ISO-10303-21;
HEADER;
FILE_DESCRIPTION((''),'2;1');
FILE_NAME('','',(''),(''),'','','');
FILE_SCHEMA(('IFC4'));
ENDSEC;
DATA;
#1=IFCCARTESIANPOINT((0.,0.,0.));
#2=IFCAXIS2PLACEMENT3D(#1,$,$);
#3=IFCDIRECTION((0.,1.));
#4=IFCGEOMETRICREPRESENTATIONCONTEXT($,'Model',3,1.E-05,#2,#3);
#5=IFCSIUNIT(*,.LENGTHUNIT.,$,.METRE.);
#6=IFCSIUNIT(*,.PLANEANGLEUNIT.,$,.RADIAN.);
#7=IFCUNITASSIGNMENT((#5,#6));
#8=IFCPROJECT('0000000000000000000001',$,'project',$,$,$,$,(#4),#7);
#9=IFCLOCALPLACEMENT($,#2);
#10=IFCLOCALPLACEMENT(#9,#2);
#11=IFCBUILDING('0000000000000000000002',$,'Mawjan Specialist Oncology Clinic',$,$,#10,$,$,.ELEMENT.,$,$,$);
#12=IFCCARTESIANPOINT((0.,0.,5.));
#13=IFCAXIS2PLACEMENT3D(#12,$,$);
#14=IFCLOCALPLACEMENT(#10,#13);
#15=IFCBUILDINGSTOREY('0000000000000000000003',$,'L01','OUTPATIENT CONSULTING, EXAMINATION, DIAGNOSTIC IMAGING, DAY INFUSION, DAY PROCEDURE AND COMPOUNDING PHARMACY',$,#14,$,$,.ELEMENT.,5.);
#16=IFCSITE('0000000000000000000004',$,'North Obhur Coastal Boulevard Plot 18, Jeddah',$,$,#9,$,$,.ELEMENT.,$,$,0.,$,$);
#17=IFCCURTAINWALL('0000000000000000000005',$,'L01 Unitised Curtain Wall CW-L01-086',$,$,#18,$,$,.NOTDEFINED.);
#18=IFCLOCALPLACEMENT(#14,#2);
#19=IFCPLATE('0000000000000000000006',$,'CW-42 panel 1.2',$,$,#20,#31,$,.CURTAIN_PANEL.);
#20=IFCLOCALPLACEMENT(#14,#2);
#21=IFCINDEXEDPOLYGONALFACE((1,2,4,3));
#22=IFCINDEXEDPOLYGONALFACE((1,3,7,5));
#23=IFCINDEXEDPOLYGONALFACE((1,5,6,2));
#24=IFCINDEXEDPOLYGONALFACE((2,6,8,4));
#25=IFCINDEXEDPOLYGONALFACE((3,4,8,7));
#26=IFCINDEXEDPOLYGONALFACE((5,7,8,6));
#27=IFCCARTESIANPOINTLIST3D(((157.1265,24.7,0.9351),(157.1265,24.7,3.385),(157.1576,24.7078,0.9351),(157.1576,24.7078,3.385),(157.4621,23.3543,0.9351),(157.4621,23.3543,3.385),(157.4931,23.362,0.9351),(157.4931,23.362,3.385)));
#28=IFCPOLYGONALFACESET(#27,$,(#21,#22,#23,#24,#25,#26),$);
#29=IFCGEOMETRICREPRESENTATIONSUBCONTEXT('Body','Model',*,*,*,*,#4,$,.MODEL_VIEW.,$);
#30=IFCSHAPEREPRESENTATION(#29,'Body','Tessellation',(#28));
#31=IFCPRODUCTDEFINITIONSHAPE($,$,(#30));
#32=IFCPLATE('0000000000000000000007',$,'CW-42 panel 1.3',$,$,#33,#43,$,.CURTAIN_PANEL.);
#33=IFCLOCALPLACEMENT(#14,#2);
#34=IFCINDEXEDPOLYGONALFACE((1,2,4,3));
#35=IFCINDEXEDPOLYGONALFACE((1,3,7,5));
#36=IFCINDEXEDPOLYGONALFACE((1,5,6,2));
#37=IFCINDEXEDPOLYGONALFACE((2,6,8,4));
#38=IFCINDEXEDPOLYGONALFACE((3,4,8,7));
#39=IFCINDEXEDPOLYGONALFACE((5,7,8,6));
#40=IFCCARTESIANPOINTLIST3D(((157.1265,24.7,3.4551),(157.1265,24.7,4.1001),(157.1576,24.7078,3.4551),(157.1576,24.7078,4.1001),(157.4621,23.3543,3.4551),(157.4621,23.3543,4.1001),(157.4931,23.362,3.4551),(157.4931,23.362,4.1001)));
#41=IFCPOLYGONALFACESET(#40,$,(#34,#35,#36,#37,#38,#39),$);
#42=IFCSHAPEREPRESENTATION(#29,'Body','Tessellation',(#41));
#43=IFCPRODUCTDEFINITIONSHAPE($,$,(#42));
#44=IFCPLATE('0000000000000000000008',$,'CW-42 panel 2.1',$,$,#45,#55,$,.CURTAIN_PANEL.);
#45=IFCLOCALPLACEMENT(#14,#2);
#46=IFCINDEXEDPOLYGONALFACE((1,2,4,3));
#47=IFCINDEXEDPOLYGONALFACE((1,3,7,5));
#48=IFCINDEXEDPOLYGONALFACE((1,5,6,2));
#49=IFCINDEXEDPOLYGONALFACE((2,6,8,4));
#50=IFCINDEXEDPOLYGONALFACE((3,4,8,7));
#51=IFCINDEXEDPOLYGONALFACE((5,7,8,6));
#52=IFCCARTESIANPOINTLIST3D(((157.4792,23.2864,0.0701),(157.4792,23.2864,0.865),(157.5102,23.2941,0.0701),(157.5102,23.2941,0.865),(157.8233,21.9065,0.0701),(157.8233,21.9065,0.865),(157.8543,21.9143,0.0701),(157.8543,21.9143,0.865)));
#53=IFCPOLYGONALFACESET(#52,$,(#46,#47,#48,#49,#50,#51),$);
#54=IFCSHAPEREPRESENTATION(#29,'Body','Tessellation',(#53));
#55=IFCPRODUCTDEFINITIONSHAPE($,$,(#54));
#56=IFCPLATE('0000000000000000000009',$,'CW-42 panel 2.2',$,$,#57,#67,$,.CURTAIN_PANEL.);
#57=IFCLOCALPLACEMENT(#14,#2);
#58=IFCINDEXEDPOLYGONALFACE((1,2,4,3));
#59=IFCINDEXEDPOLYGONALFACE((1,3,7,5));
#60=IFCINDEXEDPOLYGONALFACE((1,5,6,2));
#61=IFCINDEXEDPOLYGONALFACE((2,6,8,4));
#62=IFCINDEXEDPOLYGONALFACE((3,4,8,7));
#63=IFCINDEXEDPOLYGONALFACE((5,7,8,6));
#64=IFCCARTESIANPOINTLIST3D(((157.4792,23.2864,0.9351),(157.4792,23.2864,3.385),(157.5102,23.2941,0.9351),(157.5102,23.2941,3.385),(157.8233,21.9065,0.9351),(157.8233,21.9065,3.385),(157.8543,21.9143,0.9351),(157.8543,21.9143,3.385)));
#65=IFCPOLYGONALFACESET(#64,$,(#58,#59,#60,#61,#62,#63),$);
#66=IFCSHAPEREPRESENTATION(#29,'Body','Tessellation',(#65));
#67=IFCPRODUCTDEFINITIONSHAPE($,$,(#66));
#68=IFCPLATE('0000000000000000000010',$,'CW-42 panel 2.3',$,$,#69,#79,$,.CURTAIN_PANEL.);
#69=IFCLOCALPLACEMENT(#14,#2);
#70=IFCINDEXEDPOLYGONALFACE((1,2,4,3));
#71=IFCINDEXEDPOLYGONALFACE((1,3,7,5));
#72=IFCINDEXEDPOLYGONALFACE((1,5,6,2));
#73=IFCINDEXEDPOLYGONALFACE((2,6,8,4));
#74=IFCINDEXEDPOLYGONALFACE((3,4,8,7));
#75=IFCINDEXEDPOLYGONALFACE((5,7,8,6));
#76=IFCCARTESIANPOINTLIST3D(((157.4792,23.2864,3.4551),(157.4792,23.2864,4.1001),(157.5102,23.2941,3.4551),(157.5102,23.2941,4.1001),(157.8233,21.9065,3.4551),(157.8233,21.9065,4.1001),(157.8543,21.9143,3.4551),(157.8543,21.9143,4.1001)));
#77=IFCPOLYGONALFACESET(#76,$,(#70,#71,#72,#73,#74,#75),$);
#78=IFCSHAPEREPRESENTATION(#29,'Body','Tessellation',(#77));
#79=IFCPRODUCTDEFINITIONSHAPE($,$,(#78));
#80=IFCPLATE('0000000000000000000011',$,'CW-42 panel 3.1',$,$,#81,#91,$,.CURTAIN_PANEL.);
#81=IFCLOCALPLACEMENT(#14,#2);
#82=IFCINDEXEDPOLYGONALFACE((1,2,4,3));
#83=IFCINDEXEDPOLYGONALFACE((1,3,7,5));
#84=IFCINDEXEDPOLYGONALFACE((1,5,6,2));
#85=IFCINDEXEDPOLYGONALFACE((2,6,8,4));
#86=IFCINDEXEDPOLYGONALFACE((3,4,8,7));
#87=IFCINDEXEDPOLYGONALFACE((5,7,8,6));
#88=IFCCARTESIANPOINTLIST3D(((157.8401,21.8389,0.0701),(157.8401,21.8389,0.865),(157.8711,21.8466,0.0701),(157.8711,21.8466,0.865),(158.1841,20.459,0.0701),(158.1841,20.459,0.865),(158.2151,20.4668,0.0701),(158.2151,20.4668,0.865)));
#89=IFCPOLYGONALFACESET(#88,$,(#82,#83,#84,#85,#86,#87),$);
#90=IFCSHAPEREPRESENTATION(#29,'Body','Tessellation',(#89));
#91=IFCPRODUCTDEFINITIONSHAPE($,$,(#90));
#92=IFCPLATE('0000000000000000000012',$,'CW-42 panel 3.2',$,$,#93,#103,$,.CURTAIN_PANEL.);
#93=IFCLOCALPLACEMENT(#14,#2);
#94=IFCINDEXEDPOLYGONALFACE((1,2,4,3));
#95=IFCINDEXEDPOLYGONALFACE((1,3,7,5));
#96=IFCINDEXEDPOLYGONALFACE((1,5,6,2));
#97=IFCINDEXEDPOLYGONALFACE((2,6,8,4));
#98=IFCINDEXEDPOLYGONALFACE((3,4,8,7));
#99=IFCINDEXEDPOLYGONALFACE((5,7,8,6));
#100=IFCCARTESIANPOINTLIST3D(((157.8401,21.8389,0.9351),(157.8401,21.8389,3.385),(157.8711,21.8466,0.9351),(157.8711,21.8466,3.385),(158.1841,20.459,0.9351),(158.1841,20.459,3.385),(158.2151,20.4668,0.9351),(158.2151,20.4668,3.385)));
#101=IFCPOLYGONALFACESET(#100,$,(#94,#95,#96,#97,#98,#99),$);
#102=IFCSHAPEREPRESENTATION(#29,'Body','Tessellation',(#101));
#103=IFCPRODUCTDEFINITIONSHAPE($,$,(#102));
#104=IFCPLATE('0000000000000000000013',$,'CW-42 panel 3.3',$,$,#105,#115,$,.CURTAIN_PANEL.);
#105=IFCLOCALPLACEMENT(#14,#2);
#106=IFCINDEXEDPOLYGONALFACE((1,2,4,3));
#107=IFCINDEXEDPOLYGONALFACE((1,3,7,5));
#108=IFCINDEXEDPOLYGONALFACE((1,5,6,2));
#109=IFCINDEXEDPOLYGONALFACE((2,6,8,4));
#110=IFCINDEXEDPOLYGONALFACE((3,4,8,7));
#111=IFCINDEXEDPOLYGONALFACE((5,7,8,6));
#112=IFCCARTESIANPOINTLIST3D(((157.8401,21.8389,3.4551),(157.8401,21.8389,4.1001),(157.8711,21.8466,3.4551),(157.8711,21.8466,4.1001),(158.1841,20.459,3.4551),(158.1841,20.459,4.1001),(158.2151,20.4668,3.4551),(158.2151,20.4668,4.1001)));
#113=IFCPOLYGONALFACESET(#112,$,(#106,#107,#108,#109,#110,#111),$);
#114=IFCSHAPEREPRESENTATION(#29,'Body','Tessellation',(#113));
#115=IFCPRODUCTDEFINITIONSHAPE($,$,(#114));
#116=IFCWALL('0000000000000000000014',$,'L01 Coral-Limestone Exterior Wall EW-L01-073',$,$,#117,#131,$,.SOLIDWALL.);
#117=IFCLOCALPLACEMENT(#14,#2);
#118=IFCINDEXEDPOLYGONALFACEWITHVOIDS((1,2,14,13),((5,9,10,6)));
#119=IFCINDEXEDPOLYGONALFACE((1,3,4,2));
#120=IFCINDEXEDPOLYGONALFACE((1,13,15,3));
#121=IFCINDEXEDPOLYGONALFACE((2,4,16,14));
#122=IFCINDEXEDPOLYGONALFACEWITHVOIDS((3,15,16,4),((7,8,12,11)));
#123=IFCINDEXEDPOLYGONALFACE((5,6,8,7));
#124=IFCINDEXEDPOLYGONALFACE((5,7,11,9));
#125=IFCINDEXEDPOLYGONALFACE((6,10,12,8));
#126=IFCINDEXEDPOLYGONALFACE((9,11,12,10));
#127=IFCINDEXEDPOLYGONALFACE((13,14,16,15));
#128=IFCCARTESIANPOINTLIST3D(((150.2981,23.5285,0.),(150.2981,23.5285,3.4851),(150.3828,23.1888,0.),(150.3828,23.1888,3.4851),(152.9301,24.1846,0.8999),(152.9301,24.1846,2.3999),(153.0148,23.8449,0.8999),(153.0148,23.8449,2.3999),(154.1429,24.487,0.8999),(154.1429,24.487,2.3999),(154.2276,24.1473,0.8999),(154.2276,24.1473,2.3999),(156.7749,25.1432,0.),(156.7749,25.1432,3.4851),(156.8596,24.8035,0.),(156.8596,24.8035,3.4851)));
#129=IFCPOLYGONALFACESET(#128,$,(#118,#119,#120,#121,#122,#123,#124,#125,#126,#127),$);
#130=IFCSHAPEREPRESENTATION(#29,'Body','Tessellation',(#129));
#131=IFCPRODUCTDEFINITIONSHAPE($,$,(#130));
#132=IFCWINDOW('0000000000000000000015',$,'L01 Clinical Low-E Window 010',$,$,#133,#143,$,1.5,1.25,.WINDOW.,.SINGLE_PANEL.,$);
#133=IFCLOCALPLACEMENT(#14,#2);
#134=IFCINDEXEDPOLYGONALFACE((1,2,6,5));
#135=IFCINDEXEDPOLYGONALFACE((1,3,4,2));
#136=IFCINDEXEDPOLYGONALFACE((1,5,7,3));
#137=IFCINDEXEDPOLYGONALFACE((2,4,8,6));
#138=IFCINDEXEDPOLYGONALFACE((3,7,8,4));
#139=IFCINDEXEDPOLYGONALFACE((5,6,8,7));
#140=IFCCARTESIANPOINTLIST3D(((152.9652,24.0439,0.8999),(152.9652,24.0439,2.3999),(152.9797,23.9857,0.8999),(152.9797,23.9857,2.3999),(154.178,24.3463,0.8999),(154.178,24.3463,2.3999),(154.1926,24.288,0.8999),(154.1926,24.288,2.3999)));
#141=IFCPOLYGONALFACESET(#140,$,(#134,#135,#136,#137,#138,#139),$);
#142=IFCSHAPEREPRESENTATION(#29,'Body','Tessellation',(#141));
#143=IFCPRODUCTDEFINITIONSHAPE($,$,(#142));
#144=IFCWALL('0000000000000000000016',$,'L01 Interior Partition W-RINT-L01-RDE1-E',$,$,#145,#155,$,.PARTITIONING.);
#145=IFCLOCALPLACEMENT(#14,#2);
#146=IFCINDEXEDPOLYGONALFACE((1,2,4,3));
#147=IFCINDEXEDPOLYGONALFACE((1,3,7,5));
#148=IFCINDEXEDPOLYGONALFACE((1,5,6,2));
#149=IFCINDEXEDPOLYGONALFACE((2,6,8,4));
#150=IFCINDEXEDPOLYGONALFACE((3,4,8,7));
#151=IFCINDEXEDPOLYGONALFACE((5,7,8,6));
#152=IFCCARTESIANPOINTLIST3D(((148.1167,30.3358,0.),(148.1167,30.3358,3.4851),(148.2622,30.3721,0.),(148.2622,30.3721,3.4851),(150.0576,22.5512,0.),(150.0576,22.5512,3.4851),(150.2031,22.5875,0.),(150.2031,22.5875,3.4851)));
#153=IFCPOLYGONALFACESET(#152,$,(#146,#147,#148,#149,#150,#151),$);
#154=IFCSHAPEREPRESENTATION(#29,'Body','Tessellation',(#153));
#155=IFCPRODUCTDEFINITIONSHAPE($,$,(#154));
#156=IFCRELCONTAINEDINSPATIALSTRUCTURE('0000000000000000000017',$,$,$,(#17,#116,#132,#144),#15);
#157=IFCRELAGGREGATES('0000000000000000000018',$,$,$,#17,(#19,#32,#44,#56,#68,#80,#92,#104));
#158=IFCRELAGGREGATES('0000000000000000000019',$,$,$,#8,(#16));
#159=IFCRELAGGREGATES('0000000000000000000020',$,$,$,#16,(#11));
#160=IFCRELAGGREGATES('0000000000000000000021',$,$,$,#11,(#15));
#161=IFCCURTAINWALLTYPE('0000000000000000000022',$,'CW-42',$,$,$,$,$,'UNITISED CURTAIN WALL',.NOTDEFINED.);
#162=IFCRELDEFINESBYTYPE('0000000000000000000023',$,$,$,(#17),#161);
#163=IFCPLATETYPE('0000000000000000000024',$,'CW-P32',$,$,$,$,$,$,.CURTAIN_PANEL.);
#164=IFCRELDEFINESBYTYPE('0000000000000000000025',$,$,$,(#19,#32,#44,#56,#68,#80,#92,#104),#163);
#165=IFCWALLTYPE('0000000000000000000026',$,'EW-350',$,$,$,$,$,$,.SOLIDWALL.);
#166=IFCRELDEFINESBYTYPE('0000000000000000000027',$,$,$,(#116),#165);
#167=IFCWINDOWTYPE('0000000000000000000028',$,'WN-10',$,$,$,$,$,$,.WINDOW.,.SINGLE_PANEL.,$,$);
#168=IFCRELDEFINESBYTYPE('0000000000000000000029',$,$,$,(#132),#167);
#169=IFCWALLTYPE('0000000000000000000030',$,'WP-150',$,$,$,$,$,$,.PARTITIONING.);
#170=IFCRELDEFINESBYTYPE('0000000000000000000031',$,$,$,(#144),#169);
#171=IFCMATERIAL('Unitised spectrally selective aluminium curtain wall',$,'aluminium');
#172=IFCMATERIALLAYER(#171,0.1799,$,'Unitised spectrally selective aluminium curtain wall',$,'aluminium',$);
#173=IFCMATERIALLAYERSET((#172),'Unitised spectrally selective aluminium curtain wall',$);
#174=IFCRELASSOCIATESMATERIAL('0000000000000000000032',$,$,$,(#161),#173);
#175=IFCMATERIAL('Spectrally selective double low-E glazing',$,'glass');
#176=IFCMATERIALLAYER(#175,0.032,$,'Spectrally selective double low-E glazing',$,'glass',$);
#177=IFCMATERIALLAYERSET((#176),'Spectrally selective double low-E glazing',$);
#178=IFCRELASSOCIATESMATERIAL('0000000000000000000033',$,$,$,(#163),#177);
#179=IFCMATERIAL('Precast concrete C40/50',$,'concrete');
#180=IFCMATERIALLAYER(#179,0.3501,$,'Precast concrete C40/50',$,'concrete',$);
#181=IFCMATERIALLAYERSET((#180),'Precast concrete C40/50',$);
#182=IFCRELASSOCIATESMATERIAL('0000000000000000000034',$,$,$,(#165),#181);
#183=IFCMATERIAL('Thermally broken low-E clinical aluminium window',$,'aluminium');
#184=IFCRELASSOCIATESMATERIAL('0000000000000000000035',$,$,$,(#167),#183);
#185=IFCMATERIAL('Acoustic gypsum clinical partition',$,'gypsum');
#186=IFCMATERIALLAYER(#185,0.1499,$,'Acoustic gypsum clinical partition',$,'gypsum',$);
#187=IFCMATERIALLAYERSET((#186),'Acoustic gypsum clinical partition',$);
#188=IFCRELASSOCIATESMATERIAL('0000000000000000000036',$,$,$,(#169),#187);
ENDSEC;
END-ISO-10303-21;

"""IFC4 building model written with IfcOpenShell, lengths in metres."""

from ifc_helpers import new_model, si_unit, direction, frame, frame_2d, origin, origin_2d, place, context, subcontext, project, spatial, rectangle, extrude, material, layer, layer_set, type_object, element, fill, aggregate, save


model = new_model("IFC4")

# Units and contexts
model_context = context("Model", 3, precision=1e-05, world=origin(), true_north=direction((0.0, 1.0)))
body_context = subcontext(model_context, "Body", "Model", "MODEL_VIEW")
ifc_project = project(units=[si_unit("LENGTHUNIT", "METRE"), si_unit("PLANEANGLEUNIT", "RADIAN")], contexts=[model_context])

# Site, building, storey
site_placement = place(None, origin())
site = spatial("IfcSite", under=ifc_project, at=site_placement, Name="North Obhur Coastal Boulevard Plot 18, Jeddah", CompositionType="ELEMENT", RefElevation=0.0)
building_placement = place(site_placement, origin())
building = spatial("IfcBuilding", under=site, at=building_placement, Name="Mawjan Specialist Oncology Clinic", CompositionType="ELEMENT")
storey_placement = place(building_placement, frame((0.0, 0.0, 5.0)))
storey = spatial("IfcBuildingStorey", under=building, at=storey_placement, Name="L01", Description="OUTPATIENT CONSULTING, EXAMINATION, DIAGNOSTIC IMAGING, DAY INFUSION, DAY PROCEDURE AND COMPOUNDING PHARMACY", CompositionType="ELEMENT", Elevation=5.0)

# Curtain wall
ifc_material_1 = material(Name="Unitised spectrally selective aluminium curtain wall", Category="aluminium")
ifc_layer_1 = layer(ifc_material_1, 0.1799, Name="Unitised spectrally selective aluminium curtain wall", Category="aluminium")
ifc_layer_set_1 = layer_set([ifc_layer_1], Name="Unitised spectrally selective aluminium curtain wall")
curtain_wall_type_1 = type_object("IfcCurtainWallType", Name="CW-42", ElementType="UNITISED CURTAIN WALL", PredefinedType="NOTDEFINED", material=ifc_layer_set_1)
curtain_wall_1_placement = place(storey_placement, origin())
curtain_wall_1 = element("IfcCurtainWall", 1, at=curtain_wall_1_placement, inside=storey, type_object=curtain_wall_type_1, Name="L01 Unitised Curtain Wall CW-L01-086", PredefinedType="NOTDEFINED")

# Plates
ifc_material_2 = material(Name="Spectrally selective double low-E glazing", Category="glass")
ifc_layer_2 = layer(ifc_material_2, 0.032, Name="Spectrally selective double low-E glazing", Category="glass")
ifc_layer_set_2 = layer_set([ifc_layer_2], Name="Spectrally selective double low-E glazing")
plate_type = type_object("IfcPlateType", Name="CW-P32", PredefinedType="CURTAIN_PANEL", material=ifc_layer_set_2)
plate_1_placement = place(storey_placement, frame((157.3098, 24.031, 0.9351), z_axis=(0.0, 0.0, 1.0), x_axis=(0.241922, -0.970296, 0.0)))
plate_1 = element("IfcPlate", 2, at=plate_1_placement, type_object=plate_type, Name="CW-42 panel 1.2", PredefinedType="CURTAIN_PANEL", context=body_context, shape_type="SweptSolid", body=[
    extrude(rectangle(XDim=1.387, YDim=0.032, at=origin_2d()), origin(), (0.0, 0.0, 1.0), 2.45),
])
plate_2_placement = place(storey_placement, frame((157.3098, 24.031, 3.4551), z_axis=(0.0, 0.0, 1.0), x_axis=(0.241922, -0.970296, 0.0)))
plate_2 = element("IfcPlate", 3, at=plate_2_placement, type_object=plate_type, Name="CW-42 panel 1.3", PredefinedType="CURTAIN_PANEL", context=body_context, shape_type="SweptSolid", body=[
    extrude(rectangle(XDim=1.387, YDim=0.032, at=origin_2d()), origin(), (0.0, 0.0, 1.0), 0.645),
])
plate_3_placement = place(storey_placement, frame((157.6667, 22.6003, 0.0701), z_axis=(0.0, 0.0, 1.0), x_axis=(0.241922, -0.970296, 0.0)))
plate_3 = element("IfcPlate", 4, at=plate_3_placement, type_object=plate_type, Name="CW-42 panel 2.1", PredefinedType="CURTAIN_PANEL", context=body_context, shape_type="SweptSolid", body=[
    extrude(rectangle(XDim=1.4221, YDim=0.032, at=origin_2d()), origin(), (0.0, 0.0, 1.0), 0.7949),
])
plate_4_placement = place(storey_placement, frame((157.6667, 22.6003, 0.9351), z_axis=(0.0, 0.0, 1.0), x_axis=(0.241922, -0.970296, 0.0)))
plate_4 = element("IfcPlate", 5, at=plate_4_placement, type_object=plate_type, Name="CW-42 panel 2.2", PredefinedType="CURTAIN_PANEL", context=body_context, shape_type="SweptSolid", body=[
    extrude(rectangle(XDim=1.4221, YDim=0.032, at=origin_2d()), origin(), (0.0, 0.0, 1.0), 2.45),
])
plate_5_placement = place(storey_placement, frame((157.6667, 22.6003, 3.4551), z_axis=(0.0, 0.0, 1.0), x_axis=(0.241922, -0.970296, 0.0)))
plate_5 = element("IfcPlate", 6, at=plate_5_placement, type_object=plate_type, Name="CW-42 panel 2.3", PredefinedType="CURTAIN_PANEL", context=body_context, shape_type="SweptSolid", body=[
    extrude(rectangle(XDim=1.4221, YDim=0.032, at=origin_2d()), origin(), (0.0, 0.0, 1.0), 0.645),
])
plate_6_placement = place(storey_placement, frame((158.0276, 21.1528, 0.0701), z_axis=(0.0, 0.0, 1.0), x_axis=(0.241922, -0.970296, 0.0)))
plate_6 = element("IfcPlate", 7, at=plate_6_placement, type_object=plate_type, Name="CW-42 panel 3.1", PredefinedType="CURTAIN_PANEL", context=body_context, shape_type="SweptSolid", body=[
    extrude(rectangle(XDim=1.4221, YDim=0.032, at=origin_2d()), origin(), (0.0, 0.0, 1.0), 0.7949),
])
plate_7_placement = place(storey_placement, frame((158.0276, 21.1528, 0.9351), z_axis=(0.0, 0.0, 1.0), x_axis=(0.241922, -0.970296, 0.0)))
plate_7 = element("IfcPlate", 8, at=plate_7_placement, type_object=plate_type, Name="CW-42 panel 3.2", PredefinedType="CURTAIN_PANEL", context=body_context, shape_type="SweptSolid", body=[
    extrude(rectangle(XDim=1.4221, YDim=0.032, at=origin_2d()), origin(), (0.0, 0.0, 1.0), 2.45),
])
plate_8_placement = place(storey_placement, frame((158.0276, 21.1528, 3.4551), z_axis=(0.0, 0.0, 1.0), x_axis=(0.241922, -0.970296, 0.0)))
plate_8 = element("IfcPlate", 9, at=plate_8_placement, type_object=plate_type, Name="CW-42 panel 3.3", PredefinedType="CURTAIN_PANEL", context=body_context, shape_type="SweptSolid", body=[
    extrude(rectangle(XDim=1.4221, YDim=0.032, at=origin_2d()), origin(), (0.0, 0.0, 1.0), 0.645),
])
aggregate(curtain_wall_1, [plate_1, plate_2, plate_3, plate_4, plate_5, plate_6, plate_7, plate_8])

# Wall, opening, window
ifc_material_3 = material(Name="Precast concrete C40/50", Category="concrete")
ifc_layer_3 = layer(ifc_material_3, 0.3501, Name="Precast concrete C40/50", Category="concrete")
ifc_layer_set_3 = layer_set([ifc_layer_3], Name="Precast concrete C40/50")
wall_type_1 = type_object("IfcWallType", Name="EW-350", PredefinedType="SOLIDWALL", material=ifc_layer_set_3)
wall_1_placement = place(storey_placement, frame((150.3406, 23.3586, 0.0), z_axis=(0.0, 0.0, 1.0), x_axis=(0.970299, 0.241907, 0.0)))
wall_1 = element("IfcWall", 10, at=wall_1_placement, inside=storey, type_object=wall_type_1, Name="L01 Coral-Limestone Exterior Wall EW-L01-073", PredefinedType="SOLIDWALL", context=body_context, shape_type="SweptSolid", body=[
    extrude(rectangle(XDim=6.675, YDim=0.3501, at=frame_2d((3.3374, 0.0))), origin(), (0.0, 0.0, 1.0), 3.4851),
])
opening_placement = place(wall_1_placement, frame((2.7124, 0.0, 0.8999)))
opening = element("IfcOpeningElement", 11, at=opening_placement, cuts=wall_1, PredefinedType="OPENING", context=body_context, shape_type="SweptSolid", body=[
    extrude(rectangle(XDim=1.25, YDim=1.5, at=frame_2d((0.625, 0.75))), frame((0.0, 0.187, 0.0), z_axis=(0.0, -1.0, 0.0), x_axis=(1.0, 0.0, 0.0)), (0.0, 0.0, 1.0), 0.374),
])
ifc_material_4 = material(Name="Thermally broken low-E clinical aluminium window", Category="aluminium")
window_type = type_object("IfcWindowType", Name="WN-10", PartitioningType="SINGLE_PANEL", PredefinedType="WINDOW", material=ifc_material_4)
window_placement = place(opening_placement, origin())
window = element("IfcWindow", 12, at=window_placement, inside=storey, type_object=window_type, Name="L01 Clinical Low-E Window 010", OverallHeight=1.5, OverallWidth=1.25, PartitioningType="SINGLE_PANEL", PredefinedType="WINDOW", context=body_context, shape_type="SweptSolid", body=[
    extrude(rectangle(XDim=1.25, YDim=1.5, at=frame_2d((0.625, 0.75))), frame((0.0, 0.03, 0.0), z_axis=(0.0, -1.0, 0.0), x_axis=(1.0, 0.0, 0.0)), (0.0, 0.0, 1.0), 0.0601),
])
fill(opening, window)

# Wall
ifc_material_5 = material(Name="Acoustic gypsum clinical partition", Category="gypsum")
ifc_layer_4 = layer(ifc_material_5, 0.1499, Name="Acoustic gypsum clinical partition", Category="gypsum")
ifc_layer_set_4 = layer_set([ifc_layer_4], Name="Acoustic gypsum clinical partition")
wall_type_2 = type_object("IfcWallType", Name="WP-150", PredefinedType="PARTITIONING", material=ifc_layer_set_4)
wall_2_placement = place(storey_placement, frame((150.1304, 22.5693, 0.0), z_axis=(0.0, 0.0, 1.0), x_axis=(-0.24192, 0.970296, 0.0)))
element("IfcWall", 13, at=wall_2_placement, inside=storey, type_object=wall_type_2, Name="L01 Interior Partition W-RINT-L01-RDE1-E", PredefinedType="PARTITIONING", context=body_context, shape_type="SweptSolid", body=[
    extrude(rectangle(XDim=8.0229, YDim=0.1499, at=frame_2d((4.0115, 0.0))), origin(), (0.0, 0.0, 1.0), 3.4851),
])

save(model, "model.ifc")
